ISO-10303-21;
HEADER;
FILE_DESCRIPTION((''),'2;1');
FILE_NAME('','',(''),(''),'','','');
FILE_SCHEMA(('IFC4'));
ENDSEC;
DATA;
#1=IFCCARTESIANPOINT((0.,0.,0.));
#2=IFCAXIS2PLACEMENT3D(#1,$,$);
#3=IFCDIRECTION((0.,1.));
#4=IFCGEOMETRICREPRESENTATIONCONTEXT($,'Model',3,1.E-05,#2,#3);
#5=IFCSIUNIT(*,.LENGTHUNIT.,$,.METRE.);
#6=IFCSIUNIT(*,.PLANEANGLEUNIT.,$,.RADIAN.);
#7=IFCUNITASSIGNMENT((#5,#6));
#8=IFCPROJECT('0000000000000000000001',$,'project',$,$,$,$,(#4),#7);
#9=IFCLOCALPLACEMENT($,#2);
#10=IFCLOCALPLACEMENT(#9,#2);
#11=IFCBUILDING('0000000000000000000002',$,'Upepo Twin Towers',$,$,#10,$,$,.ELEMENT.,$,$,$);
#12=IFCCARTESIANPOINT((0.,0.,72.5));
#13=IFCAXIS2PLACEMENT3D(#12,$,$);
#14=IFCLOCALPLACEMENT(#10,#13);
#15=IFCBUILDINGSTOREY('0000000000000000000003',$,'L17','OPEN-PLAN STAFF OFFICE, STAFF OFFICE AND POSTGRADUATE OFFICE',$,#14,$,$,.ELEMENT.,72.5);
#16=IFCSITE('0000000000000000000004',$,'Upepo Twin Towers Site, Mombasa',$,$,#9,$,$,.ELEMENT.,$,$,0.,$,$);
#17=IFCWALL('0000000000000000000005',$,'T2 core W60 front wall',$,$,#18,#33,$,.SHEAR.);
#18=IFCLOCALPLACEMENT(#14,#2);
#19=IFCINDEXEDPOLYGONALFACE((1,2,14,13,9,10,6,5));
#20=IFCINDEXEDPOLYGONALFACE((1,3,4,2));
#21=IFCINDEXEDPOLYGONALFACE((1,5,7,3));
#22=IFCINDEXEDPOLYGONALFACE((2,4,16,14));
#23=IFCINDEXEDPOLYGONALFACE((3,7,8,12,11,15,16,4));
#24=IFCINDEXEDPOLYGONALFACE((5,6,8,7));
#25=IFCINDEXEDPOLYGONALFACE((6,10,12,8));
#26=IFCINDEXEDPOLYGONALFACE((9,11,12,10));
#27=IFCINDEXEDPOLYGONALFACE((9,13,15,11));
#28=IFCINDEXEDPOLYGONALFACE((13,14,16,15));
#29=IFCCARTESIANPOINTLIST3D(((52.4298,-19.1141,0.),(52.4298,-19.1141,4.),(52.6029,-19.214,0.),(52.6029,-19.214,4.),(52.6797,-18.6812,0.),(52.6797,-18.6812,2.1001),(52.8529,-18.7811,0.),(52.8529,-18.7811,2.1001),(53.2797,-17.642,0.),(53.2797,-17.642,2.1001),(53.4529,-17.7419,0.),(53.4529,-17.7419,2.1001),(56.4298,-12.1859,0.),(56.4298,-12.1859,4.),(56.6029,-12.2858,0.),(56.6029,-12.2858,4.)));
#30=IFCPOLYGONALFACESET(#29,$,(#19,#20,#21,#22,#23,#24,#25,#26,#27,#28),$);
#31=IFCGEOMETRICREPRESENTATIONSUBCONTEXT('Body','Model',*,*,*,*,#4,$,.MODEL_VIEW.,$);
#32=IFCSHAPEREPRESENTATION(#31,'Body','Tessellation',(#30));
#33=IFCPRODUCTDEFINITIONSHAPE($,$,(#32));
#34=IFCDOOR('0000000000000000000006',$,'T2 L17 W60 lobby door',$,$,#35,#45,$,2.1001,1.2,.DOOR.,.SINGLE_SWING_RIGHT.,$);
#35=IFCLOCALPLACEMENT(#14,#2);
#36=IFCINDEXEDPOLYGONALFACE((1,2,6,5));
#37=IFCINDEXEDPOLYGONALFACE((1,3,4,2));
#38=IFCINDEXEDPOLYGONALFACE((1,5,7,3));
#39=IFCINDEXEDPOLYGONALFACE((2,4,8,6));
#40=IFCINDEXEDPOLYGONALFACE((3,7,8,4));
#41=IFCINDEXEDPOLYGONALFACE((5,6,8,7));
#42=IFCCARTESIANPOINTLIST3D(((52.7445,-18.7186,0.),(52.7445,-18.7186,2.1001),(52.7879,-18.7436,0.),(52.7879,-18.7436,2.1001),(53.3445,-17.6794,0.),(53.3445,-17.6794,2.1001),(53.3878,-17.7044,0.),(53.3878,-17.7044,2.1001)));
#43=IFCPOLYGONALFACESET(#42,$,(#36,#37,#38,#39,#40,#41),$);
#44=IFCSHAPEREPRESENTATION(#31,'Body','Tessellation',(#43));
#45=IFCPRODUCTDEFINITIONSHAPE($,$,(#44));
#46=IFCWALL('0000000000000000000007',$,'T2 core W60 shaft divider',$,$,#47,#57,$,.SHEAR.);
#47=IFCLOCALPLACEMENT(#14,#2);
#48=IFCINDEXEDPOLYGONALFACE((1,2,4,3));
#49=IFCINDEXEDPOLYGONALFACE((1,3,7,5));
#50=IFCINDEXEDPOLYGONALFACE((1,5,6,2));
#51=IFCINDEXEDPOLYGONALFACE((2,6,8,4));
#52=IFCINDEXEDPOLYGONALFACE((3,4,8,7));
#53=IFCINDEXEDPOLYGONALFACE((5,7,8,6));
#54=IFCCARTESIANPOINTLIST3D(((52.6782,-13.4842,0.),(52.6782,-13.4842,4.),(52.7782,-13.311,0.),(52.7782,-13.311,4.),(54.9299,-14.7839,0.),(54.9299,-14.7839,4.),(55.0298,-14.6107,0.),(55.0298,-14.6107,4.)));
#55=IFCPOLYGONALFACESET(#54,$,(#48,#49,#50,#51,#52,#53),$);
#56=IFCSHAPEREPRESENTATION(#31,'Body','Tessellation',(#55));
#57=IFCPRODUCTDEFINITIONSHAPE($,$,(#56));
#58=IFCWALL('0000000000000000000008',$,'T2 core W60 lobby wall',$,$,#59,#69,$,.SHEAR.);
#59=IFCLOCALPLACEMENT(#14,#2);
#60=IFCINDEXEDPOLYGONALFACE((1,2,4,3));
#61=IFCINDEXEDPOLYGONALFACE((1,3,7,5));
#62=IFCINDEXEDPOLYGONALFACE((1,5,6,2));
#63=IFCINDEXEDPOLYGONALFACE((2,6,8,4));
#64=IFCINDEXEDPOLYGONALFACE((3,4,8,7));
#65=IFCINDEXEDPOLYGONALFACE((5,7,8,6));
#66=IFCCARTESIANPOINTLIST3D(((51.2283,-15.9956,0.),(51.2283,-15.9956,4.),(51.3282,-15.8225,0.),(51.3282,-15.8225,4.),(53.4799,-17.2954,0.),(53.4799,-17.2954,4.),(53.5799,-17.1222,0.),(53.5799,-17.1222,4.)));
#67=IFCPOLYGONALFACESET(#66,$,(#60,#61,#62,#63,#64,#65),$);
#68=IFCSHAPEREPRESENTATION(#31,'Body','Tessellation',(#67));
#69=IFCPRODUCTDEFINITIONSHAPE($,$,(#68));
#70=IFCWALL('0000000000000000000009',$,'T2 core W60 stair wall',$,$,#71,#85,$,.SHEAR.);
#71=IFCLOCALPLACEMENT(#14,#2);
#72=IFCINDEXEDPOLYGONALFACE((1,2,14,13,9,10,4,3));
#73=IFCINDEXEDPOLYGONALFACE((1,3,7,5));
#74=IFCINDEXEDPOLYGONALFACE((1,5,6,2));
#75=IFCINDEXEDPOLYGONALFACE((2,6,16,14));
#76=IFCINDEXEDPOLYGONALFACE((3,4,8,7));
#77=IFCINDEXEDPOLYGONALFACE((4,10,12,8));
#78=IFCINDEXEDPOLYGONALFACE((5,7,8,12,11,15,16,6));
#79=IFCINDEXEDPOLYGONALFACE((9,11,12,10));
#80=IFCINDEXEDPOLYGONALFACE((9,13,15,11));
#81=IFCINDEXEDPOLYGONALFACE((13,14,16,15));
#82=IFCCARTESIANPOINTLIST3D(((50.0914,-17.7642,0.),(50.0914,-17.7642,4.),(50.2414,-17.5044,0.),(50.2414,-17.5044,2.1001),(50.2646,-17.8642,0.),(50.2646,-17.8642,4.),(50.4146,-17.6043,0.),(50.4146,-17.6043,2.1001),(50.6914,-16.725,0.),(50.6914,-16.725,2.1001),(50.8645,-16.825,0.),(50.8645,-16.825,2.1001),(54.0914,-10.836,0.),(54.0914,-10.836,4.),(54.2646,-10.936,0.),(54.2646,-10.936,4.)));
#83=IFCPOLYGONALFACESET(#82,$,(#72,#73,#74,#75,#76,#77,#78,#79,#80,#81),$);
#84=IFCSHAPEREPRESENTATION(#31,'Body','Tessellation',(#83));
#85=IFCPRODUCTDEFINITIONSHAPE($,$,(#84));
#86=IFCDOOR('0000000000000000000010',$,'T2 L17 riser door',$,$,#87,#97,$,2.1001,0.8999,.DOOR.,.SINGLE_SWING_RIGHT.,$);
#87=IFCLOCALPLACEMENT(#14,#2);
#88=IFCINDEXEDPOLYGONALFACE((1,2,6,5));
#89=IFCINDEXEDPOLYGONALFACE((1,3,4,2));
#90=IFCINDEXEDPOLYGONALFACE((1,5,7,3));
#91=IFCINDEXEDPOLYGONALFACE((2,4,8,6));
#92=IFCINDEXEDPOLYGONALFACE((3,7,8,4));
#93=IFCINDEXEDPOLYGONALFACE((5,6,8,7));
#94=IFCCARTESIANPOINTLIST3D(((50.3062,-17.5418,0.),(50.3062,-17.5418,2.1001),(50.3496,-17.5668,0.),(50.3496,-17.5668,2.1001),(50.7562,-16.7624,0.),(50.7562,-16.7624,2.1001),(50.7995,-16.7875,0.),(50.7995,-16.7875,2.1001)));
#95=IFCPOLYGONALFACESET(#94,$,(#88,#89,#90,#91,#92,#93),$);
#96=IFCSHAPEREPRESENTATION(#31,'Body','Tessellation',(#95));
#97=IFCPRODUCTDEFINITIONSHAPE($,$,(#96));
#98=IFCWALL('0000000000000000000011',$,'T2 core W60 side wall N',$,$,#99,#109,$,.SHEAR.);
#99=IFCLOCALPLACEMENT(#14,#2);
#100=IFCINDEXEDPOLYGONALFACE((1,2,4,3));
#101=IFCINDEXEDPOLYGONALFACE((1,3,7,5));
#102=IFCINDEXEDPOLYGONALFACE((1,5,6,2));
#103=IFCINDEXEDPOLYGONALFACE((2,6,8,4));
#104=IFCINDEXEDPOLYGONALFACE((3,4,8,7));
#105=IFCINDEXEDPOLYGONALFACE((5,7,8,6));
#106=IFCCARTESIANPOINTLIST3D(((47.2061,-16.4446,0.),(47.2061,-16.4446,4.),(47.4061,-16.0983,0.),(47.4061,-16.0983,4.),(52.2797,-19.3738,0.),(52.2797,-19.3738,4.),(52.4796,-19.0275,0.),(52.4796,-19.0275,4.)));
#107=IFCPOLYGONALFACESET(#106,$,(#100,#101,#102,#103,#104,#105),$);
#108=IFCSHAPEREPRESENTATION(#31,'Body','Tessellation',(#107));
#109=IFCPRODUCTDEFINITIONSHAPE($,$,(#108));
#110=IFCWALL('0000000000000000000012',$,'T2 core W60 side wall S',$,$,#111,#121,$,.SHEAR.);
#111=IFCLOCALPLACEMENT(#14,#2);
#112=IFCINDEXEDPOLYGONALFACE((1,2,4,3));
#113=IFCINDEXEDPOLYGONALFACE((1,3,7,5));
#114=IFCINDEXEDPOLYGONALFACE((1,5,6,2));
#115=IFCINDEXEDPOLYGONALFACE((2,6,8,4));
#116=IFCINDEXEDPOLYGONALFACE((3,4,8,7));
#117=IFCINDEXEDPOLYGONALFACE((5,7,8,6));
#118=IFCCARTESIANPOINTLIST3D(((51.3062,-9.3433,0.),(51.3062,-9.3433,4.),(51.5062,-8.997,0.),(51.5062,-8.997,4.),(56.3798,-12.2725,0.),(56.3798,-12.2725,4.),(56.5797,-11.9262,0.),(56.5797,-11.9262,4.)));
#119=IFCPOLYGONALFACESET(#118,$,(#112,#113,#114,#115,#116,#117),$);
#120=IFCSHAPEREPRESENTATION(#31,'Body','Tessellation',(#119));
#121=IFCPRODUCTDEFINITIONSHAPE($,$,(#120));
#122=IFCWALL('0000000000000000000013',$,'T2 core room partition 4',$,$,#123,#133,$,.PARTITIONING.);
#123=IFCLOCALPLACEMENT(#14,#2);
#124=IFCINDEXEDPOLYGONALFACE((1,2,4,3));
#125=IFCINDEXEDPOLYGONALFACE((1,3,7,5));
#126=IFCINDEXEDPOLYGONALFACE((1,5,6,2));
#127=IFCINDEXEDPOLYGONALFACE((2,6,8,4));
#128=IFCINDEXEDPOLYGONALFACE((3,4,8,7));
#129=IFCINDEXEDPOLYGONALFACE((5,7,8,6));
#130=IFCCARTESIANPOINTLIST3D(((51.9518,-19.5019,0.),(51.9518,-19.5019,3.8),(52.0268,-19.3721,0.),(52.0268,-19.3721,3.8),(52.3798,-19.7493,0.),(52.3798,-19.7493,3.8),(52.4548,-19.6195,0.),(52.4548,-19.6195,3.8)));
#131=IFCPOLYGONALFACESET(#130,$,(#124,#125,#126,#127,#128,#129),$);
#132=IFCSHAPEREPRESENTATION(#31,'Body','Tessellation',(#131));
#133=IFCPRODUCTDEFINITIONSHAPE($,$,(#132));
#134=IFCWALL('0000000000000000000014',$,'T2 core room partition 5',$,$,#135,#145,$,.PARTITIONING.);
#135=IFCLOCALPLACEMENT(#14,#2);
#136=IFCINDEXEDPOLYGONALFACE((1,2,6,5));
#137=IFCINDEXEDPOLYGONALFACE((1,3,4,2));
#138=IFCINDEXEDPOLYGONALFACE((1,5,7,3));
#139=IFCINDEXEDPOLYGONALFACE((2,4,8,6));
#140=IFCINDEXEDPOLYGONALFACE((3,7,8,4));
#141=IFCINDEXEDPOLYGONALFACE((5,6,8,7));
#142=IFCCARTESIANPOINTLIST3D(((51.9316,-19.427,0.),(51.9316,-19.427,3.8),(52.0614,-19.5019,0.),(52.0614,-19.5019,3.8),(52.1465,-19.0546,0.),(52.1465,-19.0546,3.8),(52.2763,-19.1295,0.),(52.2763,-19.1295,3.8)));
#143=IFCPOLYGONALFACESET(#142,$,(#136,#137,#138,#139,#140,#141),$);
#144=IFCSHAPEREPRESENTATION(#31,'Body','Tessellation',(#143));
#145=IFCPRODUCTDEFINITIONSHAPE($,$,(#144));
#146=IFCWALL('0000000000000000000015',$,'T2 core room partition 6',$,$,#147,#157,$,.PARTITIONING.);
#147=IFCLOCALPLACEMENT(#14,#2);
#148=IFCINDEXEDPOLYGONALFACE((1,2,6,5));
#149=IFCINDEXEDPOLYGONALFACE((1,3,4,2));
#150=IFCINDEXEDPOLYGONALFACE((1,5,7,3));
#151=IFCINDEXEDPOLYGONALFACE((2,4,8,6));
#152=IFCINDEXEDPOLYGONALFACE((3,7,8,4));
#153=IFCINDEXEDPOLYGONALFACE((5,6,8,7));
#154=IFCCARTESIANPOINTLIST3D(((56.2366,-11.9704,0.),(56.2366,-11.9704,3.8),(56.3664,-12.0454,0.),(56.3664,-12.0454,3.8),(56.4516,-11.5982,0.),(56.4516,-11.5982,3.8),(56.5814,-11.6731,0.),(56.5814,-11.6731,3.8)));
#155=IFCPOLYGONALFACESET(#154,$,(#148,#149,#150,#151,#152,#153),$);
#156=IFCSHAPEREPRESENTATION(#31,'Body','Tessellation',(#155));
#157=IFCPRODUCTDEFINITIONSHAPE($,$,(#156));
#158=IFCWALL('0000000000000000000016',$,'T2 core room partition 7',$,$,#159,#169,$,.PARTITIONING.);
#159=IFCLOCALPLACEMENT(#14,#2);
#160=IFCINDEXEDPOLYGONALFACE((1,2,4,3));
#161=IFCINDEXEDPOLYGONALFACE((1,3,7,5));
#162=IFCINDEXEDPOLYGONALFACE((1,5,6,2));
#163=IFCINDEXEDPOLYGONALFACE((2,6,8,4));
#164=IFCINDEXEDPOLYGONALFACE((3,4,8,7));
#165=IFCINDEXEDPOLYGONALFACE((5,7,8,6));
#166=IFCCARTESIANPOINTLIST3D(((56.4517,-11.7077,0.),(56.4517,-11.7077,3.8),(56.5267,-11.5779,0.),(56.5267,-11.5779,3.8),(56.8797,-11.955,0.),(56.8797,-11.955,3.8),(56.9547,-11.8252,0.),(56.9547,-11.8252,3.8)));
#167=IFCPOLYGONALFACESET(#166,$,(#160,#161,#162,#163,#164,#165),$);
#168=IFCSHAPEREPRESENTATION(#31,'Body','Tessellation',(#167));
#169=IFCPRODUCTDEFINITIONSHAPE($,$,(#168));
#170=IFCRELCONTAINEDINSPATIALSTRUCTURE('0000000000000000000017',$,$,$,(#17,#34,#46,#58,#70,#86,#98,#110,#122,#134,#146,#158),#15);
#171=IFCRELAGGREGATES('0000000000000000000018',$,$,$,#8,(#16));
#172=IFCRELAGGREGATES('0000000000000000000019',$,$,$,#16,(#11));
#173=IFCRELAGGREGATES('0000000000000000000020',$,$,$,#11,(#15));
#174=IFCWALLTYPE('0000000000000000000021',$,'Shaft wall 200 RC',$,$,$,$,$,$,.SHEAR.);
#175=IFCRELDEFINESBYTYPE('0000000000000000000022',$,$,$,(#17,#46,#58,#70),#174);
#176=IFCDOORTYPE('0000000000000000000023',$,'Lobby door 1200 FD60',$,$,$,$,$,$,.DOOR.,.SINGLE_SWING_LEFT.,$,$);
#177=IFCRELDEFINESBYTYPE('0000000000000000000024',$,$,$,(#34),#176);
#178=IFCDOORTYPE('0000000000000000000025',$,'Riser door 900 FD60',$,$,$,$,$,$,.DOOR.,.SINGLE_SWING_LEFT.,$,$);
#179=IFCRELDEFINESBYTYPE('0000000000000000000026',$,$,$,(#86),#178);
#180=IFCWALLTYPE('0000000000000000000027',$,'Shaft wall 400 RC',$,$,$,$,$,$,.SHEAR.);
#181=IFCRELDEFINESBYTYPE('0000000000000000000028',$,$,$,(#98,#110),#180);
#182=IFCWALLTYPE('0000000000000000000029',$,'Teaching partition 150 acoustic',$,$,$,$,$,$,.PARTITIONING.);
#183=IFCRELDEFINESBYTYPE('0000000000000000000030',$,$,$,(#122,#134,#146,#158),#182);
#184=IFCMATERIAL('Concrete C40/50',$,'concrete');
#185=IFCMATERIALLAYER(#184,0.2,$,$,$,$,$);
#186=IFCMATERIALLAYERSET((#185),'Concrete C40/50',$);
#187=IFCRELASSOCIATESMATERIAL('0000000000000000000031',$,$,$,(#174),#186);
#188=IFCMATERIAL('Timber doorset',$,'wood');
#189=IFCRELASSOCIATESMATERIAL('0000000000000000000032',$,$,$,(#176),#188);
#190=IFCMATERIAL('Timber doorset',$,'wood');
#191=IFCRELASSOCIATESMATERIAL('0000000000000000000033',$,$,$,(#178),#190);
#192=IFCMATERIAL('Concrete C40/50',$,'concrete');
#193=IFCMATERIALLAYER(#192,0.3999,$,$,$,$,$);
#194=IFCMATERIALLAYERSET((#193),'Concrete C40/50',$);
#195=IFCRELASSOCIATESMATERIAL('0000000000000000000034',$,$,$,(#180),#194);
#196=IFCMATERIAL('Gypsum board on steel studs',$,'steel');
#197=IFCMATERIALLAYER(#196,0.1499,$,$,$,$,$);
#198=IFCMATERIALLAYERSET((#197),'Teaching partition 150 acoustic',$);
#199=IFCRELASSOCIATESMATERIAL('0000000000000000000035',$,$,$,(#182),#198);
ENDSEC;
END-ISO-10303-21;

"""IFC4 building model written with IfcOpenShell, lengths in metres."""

from ifc_helpers import new_model, si_unit, direction, frame, frame_2d, origin, place, context, subcontext, project, spatial, rectangle, extrude, material, layer, layer_set, type_object, element, fill, save


model = new_model("IFC4")

# Units and contexts
model_context = context("Model", 3, precision=1e-05, world=origin(), true_north=direction((0.0, 1.0)))
body_context = subcontext(model_context, "Body", "Model", "MODEL_VIEW")
ifc_project = project(units=[si_unit("LENGTHUNIT", "METRE"), si_unit("PLANEANGLEUNIT", "RADIAN")], contexts=[model_context])

# Site, building, storey
site_placement = place(None, origin())
site = spatial("IfcSite", under=ifc_project, at=site_placement, Name="Upepo Twin Towers Site, Mombasa", CompositionType="ELEMENT", RefElevation=0.0)
building_placement = place(site_placement, origin())
building = spatial("IfcBuilding", under=site, at=building_placement, Name="Upepo Twin Towers", CompositionType="ELEMENT")
storey_placement = place(building_placement, frame((0.0, 0.0, 72.5)))
storey = spatial("IfcBuildingStorey", under=building, at=storey_placement, Name="L17", Description="OPEN-PLAN STAFF OFFICE, STAFF OFFICE AND POSTGRADUATE OFFICE", CompositionType="ELEMENT", Elevation=72.5)

# Wall, opening, door
ifc_material_1 = material(Name="Concrete C40/50", Category="concrete")
ifc_layer_1 = layer(ifc_material_1, 0.2)
ifc_layer_set_1 = layer_set([ifc_layer_1], Name="Concrete C40/50")
wall_type_1 = type_object("IfcWallType", Name="Shaft wall 200 RC", PredefinedType="SHEAR", material=ifc_layer_set_1)
wall_1_placement = place(storey_placement, frame((56.5164, -12.2358, 0.0), z_axis=(0.0, 0.0, 1.0), x_axis=(-0.499999, -0.866026, 0.0)))
wall_1 = element("IfcWall", 1, at=wall_1_placement, inside=storey, type_object=wall_type_1, Name="T2 core W60 front wall", PredefinedType="SHEAR", context=body_context, shape_type="SweptSolid", body=[
    extrude(rectangle(XDim=8.0, YDim=0.2, at=frame_2d((4.0, 0.0))), origin(), (0.0, 0.0, 1.0), 4.0),
])
opening_1_placement = place(wall_1_placement, frame((6.3, 0.0, 0.0)))
opening_1 = element("IfcOpeningElement", 2, at=opening_1_placement, cuts=wall_1, PredefinedType="OPENING", context=body_context, shape_type="SweptSolid", body=[
    extrude(rectangle(XDim=1.2, YDim=2.1001, at=frame_2d((0.6001, 1.05))), frame((0.0, 0.1099, 0.0), z_axis=(0.0, -1.0, 0.0), x_axis=(1.0, 0.0, 0.0)), (0.0, 0.0, 1.0), 0.22),
])
ifc_material_2 = material(Name="Timber doorset", Category="wood")
door_type_1 = type_object("IfcDoorType", Name="Lobby door 1200 FD60", OperationType="SINGLE_SWING_LEFT", PredefinedType="DOOR", material=ifc_material_2)
door_1_placement = place(opening_1_placement, origin())
door_1 = element("IfcDoor", 3, at=door_1_placement, inside=storey, type_object=door_type_1, Name="T2 L17 W60 lobby door", OperationType="SINGLE_SWING_RIGHT", OverallHeight=2.1001, OverallWidth=1.2, PredefinedType="DOOR", context=body_context, shape_type="SweptSolid", body=[
    extrude(rectangle(XDim=1.2, YDim=2.1001, at=frame_2d((0.6001, 1.05))), frame((0.0, 0.0249, 0.0), z_axis=(0.0, -1.0, 0.0), x_axis=(1.0, 0.0, 0.0)), (0.0, 0.0, 1.0), 0.05),
])
fill(opening_1, door_1)

# Walls
for number, where, z_axis, x_axis, name in (
    (4, (54.9797, -14.6973, 0.0), (0.0, 0.0, 1.0), (-0.866062, 0.499937, 0.0), "T2 core W60 shaft divider"),
    (5, (53.5298, -17.2087, 0.0), (0.0, 0.0, 1.0), (-0.866062, 0.499937, 0.0), "T2 core W60 lobby wall"),
):
    element("IfcWall", number, at=place(storey_placement, frame(where, z_axis=z_axis, x_axis=x_axis)), inside=storey, type_object=wall_type_1, Name=name, PredefinedType="SHEAR", context=body_context, shape_type="SweptSolid", body=[
        extrude(rectangle(XDim=2.5999, YDim=0.2, at=frame_2d((1.2998, 0.0))), origin(), (0.0, 0.0, 1.0), 4.0),
    ])

# Wall, opening, door
wall_2_placement = place(storey_placement, frame((54.178, -10.886, 0.0), z_axis=(0.0, 0.0, 1.0), x_axis=(-0.499999, -0.866026, 0.0)))
wall_2 = element("IfcWall", 6, at=wall_2_placement, inside=storey, type_object=wall_type_1, Name="T2 core W60 stair wall", PredefinedType="SHEAR", context=body_context, shape_type="SweptSolid", body=[
    extrude(rectangle(XDim=8.0, YDim=0.2, at=frame_2d((4.0, 0.0))), origin(), (0.0, 0.0, 1.0), 4.0),
])
opening_2_placement = place(wall_2_placement, frame((6.8, 0.0, 0.0)))
opening_2 = element("IfcOpeningElement", 7, at=opening_2_placement, cuts=wall_2, PredefinedType="OPENING", context=body_context, shape_type="SweptSolid", body=[
    extrude(rectangle(XDim=0.8999, YDim=2.1001, at=frame_2d((0.45, 1.05))), frame((0.0, 0.1099, 0.0), z_axis=(0.0, -1.0, 0.0), x_axis=(1.0, 0.0, 0.0)), (0.0, 0.0, 1.0), 0.22),
])
ifc_material_3 = material(Name="Timber doorset", Category="wood")
door_type_2 = type_object("IfcDoorType", Name="Riser door 900 FD60", OperationType="SINGLE_SWING_LEFT", PredefinedType="DOOR", material=ifc_material_3)
door_2_placement = place(opening_2_placement, origin())
door_2 = element("IfcDoor", 8, at=door_2_placement, inside=storey, type_object=door_type_2, Name="T2 L17 riser door", OperationType="SINGLE_SWING_RIGHT", OverallHeight=2.1001, OverallWidth=0.8999, PredefinedType="DOOR", context=body_context, shape_type="SweptSolid", body=[
    extrude(rectangle(XDim=0.8999, YDim=2.1001, at=frame_2d((0.45, 1.05))), frame((0.0, 0.0249, 0.0), z_axis=(0.0, -1.0, 0.0), x_axis=(1.0, 0.0, 0.0)), (0.0, 0.0, 1.0), 0.05),
])
fill(opening_2, door_2)

# Walls
ifc_material_4 = material(Name="Concrete C40/50", Category="concrete")
ifc_layer_2 = layer(ifc_material_4, 0.3999)
ifc_layer_set_2 = layer_set([ifc_layer_2], Name="Concrete C40/50")
wall_type_2 = type_object("IfcWallType", Name="Shaft wall 400 RC", PredefinedType="SHEAR", material=ifc_layer_set_2)
for number, where, z_axis, x_axis, name in (
    (9, (52.3796, -19.2007, 0.0), (0.0, 0.0, 1.0), (-0.866024, 0.500003, 0.0), "T2 core W60 side wall N"),
    (10, (56.4797, -12.0994, 0.0), (0.0, 0.0, 1.0), (-0.866024, 0.500003, 0.0), "T2 core W60 side wall S"),
):
    element("IfcWall", number, at=place(storey_placement, frame(where, z_axis=z_axis, x_axis=x_axis)), inside=storey, type_object=wall_type_2, Name=name, PredefinedType="SHEAR", context=body_context, shape_type="SweptSolid", body=[
        extrude(rectangle(XDim=5.8584, YDim=0.3999, at=frame_2d((2.9292, 0.0))), origin(), (0.0, 0.0, 1.0), 4.0),
    ])
ifc_material_5 = material(Name="Gypsum board on steel studs", Category="steel")
ifc_layer_3 = layer(ifc_material_5, 0.1499)
ifc_layer_set_3 = layer_set([ifc_layer_3], Name="Teaching partition 150 acoustic")
wall_type_3 = type_object("IfcWallType", Name="Teaching partition 150 acoustic", PredefinedType="PARTITIONING", material=ifc_layer_set_3)
wall_3_placement = place(storey_placement, frame((52.4172, -19.6843, 0.0), z_axis=(0.0, 0.0, 1.0), x_axis=(-0.865832, 0.500335, 0.0)))
element("IfcWall", 11, at=wall_3_placement, inside=storey, type_object=wall_type_3, Name="T2 core room partition 4", PredefinedType="PARTITIONING", context=body_context, shape_type="SweptSolid", body=[
    extrude(rectangle(XDim=0.4944, YDim=0.1499, at=frame_2d((0.2471, 0.0))), origin(), (0.0, 0.0, 1.0), 3.8),
])
for number, where, z_axis, x_axis, name in (
    (12, (51.9966, -19.4644, 0.0), (0.0, 0.0, 1.0), (0.499804, 0.866138, 0.0), "T2 core room partition 5"),
    (13, (56.3015, -12.0078, 0.0), (0.0, 0.0, 1.0), (0.50023, 0.865892, 0.0), "T2 core room partition 6"),
):
    element("IfcWall", number, at=place(storey_placement, frame(where, z_axis=z_axis, x_axis=x_axis)), inside=storey, type_object=wall_type_3, Name=name, PredefinedType="PARTITIONING", context=body_context, shape_type="SweptSolid", body=[
        extrude(rectangle(XDim=0.4299, YDim=0.1499, at=frame_2d((0.2148, 0.0))), origin(), (0.0, 0.0, 1.0), 3.8),
    ])
wall_4_placement = place(storey_placement, frame((56.4893, -11.6428, 0.0), z_axis=(0.0, 0.0, 1.0), x_axis=(0.865832, -0.500335, 0.0)))
element("IfcWall", 14, at=wall_4_placement, inside=storey, type_object=wall_type_3, Name="T2 core room partition 7", PredefinedType="PARTITIONING", context=body_context, shape_type="SweptSolid", body=[
    extrude(rectangle(XDim=0.4944, YDim=0.1499, at=frame_2d((0.2471, 0.0))), origin(), (0.0, 0.0, 1.0), 3.8),
])

save(model, "model.ifc")
